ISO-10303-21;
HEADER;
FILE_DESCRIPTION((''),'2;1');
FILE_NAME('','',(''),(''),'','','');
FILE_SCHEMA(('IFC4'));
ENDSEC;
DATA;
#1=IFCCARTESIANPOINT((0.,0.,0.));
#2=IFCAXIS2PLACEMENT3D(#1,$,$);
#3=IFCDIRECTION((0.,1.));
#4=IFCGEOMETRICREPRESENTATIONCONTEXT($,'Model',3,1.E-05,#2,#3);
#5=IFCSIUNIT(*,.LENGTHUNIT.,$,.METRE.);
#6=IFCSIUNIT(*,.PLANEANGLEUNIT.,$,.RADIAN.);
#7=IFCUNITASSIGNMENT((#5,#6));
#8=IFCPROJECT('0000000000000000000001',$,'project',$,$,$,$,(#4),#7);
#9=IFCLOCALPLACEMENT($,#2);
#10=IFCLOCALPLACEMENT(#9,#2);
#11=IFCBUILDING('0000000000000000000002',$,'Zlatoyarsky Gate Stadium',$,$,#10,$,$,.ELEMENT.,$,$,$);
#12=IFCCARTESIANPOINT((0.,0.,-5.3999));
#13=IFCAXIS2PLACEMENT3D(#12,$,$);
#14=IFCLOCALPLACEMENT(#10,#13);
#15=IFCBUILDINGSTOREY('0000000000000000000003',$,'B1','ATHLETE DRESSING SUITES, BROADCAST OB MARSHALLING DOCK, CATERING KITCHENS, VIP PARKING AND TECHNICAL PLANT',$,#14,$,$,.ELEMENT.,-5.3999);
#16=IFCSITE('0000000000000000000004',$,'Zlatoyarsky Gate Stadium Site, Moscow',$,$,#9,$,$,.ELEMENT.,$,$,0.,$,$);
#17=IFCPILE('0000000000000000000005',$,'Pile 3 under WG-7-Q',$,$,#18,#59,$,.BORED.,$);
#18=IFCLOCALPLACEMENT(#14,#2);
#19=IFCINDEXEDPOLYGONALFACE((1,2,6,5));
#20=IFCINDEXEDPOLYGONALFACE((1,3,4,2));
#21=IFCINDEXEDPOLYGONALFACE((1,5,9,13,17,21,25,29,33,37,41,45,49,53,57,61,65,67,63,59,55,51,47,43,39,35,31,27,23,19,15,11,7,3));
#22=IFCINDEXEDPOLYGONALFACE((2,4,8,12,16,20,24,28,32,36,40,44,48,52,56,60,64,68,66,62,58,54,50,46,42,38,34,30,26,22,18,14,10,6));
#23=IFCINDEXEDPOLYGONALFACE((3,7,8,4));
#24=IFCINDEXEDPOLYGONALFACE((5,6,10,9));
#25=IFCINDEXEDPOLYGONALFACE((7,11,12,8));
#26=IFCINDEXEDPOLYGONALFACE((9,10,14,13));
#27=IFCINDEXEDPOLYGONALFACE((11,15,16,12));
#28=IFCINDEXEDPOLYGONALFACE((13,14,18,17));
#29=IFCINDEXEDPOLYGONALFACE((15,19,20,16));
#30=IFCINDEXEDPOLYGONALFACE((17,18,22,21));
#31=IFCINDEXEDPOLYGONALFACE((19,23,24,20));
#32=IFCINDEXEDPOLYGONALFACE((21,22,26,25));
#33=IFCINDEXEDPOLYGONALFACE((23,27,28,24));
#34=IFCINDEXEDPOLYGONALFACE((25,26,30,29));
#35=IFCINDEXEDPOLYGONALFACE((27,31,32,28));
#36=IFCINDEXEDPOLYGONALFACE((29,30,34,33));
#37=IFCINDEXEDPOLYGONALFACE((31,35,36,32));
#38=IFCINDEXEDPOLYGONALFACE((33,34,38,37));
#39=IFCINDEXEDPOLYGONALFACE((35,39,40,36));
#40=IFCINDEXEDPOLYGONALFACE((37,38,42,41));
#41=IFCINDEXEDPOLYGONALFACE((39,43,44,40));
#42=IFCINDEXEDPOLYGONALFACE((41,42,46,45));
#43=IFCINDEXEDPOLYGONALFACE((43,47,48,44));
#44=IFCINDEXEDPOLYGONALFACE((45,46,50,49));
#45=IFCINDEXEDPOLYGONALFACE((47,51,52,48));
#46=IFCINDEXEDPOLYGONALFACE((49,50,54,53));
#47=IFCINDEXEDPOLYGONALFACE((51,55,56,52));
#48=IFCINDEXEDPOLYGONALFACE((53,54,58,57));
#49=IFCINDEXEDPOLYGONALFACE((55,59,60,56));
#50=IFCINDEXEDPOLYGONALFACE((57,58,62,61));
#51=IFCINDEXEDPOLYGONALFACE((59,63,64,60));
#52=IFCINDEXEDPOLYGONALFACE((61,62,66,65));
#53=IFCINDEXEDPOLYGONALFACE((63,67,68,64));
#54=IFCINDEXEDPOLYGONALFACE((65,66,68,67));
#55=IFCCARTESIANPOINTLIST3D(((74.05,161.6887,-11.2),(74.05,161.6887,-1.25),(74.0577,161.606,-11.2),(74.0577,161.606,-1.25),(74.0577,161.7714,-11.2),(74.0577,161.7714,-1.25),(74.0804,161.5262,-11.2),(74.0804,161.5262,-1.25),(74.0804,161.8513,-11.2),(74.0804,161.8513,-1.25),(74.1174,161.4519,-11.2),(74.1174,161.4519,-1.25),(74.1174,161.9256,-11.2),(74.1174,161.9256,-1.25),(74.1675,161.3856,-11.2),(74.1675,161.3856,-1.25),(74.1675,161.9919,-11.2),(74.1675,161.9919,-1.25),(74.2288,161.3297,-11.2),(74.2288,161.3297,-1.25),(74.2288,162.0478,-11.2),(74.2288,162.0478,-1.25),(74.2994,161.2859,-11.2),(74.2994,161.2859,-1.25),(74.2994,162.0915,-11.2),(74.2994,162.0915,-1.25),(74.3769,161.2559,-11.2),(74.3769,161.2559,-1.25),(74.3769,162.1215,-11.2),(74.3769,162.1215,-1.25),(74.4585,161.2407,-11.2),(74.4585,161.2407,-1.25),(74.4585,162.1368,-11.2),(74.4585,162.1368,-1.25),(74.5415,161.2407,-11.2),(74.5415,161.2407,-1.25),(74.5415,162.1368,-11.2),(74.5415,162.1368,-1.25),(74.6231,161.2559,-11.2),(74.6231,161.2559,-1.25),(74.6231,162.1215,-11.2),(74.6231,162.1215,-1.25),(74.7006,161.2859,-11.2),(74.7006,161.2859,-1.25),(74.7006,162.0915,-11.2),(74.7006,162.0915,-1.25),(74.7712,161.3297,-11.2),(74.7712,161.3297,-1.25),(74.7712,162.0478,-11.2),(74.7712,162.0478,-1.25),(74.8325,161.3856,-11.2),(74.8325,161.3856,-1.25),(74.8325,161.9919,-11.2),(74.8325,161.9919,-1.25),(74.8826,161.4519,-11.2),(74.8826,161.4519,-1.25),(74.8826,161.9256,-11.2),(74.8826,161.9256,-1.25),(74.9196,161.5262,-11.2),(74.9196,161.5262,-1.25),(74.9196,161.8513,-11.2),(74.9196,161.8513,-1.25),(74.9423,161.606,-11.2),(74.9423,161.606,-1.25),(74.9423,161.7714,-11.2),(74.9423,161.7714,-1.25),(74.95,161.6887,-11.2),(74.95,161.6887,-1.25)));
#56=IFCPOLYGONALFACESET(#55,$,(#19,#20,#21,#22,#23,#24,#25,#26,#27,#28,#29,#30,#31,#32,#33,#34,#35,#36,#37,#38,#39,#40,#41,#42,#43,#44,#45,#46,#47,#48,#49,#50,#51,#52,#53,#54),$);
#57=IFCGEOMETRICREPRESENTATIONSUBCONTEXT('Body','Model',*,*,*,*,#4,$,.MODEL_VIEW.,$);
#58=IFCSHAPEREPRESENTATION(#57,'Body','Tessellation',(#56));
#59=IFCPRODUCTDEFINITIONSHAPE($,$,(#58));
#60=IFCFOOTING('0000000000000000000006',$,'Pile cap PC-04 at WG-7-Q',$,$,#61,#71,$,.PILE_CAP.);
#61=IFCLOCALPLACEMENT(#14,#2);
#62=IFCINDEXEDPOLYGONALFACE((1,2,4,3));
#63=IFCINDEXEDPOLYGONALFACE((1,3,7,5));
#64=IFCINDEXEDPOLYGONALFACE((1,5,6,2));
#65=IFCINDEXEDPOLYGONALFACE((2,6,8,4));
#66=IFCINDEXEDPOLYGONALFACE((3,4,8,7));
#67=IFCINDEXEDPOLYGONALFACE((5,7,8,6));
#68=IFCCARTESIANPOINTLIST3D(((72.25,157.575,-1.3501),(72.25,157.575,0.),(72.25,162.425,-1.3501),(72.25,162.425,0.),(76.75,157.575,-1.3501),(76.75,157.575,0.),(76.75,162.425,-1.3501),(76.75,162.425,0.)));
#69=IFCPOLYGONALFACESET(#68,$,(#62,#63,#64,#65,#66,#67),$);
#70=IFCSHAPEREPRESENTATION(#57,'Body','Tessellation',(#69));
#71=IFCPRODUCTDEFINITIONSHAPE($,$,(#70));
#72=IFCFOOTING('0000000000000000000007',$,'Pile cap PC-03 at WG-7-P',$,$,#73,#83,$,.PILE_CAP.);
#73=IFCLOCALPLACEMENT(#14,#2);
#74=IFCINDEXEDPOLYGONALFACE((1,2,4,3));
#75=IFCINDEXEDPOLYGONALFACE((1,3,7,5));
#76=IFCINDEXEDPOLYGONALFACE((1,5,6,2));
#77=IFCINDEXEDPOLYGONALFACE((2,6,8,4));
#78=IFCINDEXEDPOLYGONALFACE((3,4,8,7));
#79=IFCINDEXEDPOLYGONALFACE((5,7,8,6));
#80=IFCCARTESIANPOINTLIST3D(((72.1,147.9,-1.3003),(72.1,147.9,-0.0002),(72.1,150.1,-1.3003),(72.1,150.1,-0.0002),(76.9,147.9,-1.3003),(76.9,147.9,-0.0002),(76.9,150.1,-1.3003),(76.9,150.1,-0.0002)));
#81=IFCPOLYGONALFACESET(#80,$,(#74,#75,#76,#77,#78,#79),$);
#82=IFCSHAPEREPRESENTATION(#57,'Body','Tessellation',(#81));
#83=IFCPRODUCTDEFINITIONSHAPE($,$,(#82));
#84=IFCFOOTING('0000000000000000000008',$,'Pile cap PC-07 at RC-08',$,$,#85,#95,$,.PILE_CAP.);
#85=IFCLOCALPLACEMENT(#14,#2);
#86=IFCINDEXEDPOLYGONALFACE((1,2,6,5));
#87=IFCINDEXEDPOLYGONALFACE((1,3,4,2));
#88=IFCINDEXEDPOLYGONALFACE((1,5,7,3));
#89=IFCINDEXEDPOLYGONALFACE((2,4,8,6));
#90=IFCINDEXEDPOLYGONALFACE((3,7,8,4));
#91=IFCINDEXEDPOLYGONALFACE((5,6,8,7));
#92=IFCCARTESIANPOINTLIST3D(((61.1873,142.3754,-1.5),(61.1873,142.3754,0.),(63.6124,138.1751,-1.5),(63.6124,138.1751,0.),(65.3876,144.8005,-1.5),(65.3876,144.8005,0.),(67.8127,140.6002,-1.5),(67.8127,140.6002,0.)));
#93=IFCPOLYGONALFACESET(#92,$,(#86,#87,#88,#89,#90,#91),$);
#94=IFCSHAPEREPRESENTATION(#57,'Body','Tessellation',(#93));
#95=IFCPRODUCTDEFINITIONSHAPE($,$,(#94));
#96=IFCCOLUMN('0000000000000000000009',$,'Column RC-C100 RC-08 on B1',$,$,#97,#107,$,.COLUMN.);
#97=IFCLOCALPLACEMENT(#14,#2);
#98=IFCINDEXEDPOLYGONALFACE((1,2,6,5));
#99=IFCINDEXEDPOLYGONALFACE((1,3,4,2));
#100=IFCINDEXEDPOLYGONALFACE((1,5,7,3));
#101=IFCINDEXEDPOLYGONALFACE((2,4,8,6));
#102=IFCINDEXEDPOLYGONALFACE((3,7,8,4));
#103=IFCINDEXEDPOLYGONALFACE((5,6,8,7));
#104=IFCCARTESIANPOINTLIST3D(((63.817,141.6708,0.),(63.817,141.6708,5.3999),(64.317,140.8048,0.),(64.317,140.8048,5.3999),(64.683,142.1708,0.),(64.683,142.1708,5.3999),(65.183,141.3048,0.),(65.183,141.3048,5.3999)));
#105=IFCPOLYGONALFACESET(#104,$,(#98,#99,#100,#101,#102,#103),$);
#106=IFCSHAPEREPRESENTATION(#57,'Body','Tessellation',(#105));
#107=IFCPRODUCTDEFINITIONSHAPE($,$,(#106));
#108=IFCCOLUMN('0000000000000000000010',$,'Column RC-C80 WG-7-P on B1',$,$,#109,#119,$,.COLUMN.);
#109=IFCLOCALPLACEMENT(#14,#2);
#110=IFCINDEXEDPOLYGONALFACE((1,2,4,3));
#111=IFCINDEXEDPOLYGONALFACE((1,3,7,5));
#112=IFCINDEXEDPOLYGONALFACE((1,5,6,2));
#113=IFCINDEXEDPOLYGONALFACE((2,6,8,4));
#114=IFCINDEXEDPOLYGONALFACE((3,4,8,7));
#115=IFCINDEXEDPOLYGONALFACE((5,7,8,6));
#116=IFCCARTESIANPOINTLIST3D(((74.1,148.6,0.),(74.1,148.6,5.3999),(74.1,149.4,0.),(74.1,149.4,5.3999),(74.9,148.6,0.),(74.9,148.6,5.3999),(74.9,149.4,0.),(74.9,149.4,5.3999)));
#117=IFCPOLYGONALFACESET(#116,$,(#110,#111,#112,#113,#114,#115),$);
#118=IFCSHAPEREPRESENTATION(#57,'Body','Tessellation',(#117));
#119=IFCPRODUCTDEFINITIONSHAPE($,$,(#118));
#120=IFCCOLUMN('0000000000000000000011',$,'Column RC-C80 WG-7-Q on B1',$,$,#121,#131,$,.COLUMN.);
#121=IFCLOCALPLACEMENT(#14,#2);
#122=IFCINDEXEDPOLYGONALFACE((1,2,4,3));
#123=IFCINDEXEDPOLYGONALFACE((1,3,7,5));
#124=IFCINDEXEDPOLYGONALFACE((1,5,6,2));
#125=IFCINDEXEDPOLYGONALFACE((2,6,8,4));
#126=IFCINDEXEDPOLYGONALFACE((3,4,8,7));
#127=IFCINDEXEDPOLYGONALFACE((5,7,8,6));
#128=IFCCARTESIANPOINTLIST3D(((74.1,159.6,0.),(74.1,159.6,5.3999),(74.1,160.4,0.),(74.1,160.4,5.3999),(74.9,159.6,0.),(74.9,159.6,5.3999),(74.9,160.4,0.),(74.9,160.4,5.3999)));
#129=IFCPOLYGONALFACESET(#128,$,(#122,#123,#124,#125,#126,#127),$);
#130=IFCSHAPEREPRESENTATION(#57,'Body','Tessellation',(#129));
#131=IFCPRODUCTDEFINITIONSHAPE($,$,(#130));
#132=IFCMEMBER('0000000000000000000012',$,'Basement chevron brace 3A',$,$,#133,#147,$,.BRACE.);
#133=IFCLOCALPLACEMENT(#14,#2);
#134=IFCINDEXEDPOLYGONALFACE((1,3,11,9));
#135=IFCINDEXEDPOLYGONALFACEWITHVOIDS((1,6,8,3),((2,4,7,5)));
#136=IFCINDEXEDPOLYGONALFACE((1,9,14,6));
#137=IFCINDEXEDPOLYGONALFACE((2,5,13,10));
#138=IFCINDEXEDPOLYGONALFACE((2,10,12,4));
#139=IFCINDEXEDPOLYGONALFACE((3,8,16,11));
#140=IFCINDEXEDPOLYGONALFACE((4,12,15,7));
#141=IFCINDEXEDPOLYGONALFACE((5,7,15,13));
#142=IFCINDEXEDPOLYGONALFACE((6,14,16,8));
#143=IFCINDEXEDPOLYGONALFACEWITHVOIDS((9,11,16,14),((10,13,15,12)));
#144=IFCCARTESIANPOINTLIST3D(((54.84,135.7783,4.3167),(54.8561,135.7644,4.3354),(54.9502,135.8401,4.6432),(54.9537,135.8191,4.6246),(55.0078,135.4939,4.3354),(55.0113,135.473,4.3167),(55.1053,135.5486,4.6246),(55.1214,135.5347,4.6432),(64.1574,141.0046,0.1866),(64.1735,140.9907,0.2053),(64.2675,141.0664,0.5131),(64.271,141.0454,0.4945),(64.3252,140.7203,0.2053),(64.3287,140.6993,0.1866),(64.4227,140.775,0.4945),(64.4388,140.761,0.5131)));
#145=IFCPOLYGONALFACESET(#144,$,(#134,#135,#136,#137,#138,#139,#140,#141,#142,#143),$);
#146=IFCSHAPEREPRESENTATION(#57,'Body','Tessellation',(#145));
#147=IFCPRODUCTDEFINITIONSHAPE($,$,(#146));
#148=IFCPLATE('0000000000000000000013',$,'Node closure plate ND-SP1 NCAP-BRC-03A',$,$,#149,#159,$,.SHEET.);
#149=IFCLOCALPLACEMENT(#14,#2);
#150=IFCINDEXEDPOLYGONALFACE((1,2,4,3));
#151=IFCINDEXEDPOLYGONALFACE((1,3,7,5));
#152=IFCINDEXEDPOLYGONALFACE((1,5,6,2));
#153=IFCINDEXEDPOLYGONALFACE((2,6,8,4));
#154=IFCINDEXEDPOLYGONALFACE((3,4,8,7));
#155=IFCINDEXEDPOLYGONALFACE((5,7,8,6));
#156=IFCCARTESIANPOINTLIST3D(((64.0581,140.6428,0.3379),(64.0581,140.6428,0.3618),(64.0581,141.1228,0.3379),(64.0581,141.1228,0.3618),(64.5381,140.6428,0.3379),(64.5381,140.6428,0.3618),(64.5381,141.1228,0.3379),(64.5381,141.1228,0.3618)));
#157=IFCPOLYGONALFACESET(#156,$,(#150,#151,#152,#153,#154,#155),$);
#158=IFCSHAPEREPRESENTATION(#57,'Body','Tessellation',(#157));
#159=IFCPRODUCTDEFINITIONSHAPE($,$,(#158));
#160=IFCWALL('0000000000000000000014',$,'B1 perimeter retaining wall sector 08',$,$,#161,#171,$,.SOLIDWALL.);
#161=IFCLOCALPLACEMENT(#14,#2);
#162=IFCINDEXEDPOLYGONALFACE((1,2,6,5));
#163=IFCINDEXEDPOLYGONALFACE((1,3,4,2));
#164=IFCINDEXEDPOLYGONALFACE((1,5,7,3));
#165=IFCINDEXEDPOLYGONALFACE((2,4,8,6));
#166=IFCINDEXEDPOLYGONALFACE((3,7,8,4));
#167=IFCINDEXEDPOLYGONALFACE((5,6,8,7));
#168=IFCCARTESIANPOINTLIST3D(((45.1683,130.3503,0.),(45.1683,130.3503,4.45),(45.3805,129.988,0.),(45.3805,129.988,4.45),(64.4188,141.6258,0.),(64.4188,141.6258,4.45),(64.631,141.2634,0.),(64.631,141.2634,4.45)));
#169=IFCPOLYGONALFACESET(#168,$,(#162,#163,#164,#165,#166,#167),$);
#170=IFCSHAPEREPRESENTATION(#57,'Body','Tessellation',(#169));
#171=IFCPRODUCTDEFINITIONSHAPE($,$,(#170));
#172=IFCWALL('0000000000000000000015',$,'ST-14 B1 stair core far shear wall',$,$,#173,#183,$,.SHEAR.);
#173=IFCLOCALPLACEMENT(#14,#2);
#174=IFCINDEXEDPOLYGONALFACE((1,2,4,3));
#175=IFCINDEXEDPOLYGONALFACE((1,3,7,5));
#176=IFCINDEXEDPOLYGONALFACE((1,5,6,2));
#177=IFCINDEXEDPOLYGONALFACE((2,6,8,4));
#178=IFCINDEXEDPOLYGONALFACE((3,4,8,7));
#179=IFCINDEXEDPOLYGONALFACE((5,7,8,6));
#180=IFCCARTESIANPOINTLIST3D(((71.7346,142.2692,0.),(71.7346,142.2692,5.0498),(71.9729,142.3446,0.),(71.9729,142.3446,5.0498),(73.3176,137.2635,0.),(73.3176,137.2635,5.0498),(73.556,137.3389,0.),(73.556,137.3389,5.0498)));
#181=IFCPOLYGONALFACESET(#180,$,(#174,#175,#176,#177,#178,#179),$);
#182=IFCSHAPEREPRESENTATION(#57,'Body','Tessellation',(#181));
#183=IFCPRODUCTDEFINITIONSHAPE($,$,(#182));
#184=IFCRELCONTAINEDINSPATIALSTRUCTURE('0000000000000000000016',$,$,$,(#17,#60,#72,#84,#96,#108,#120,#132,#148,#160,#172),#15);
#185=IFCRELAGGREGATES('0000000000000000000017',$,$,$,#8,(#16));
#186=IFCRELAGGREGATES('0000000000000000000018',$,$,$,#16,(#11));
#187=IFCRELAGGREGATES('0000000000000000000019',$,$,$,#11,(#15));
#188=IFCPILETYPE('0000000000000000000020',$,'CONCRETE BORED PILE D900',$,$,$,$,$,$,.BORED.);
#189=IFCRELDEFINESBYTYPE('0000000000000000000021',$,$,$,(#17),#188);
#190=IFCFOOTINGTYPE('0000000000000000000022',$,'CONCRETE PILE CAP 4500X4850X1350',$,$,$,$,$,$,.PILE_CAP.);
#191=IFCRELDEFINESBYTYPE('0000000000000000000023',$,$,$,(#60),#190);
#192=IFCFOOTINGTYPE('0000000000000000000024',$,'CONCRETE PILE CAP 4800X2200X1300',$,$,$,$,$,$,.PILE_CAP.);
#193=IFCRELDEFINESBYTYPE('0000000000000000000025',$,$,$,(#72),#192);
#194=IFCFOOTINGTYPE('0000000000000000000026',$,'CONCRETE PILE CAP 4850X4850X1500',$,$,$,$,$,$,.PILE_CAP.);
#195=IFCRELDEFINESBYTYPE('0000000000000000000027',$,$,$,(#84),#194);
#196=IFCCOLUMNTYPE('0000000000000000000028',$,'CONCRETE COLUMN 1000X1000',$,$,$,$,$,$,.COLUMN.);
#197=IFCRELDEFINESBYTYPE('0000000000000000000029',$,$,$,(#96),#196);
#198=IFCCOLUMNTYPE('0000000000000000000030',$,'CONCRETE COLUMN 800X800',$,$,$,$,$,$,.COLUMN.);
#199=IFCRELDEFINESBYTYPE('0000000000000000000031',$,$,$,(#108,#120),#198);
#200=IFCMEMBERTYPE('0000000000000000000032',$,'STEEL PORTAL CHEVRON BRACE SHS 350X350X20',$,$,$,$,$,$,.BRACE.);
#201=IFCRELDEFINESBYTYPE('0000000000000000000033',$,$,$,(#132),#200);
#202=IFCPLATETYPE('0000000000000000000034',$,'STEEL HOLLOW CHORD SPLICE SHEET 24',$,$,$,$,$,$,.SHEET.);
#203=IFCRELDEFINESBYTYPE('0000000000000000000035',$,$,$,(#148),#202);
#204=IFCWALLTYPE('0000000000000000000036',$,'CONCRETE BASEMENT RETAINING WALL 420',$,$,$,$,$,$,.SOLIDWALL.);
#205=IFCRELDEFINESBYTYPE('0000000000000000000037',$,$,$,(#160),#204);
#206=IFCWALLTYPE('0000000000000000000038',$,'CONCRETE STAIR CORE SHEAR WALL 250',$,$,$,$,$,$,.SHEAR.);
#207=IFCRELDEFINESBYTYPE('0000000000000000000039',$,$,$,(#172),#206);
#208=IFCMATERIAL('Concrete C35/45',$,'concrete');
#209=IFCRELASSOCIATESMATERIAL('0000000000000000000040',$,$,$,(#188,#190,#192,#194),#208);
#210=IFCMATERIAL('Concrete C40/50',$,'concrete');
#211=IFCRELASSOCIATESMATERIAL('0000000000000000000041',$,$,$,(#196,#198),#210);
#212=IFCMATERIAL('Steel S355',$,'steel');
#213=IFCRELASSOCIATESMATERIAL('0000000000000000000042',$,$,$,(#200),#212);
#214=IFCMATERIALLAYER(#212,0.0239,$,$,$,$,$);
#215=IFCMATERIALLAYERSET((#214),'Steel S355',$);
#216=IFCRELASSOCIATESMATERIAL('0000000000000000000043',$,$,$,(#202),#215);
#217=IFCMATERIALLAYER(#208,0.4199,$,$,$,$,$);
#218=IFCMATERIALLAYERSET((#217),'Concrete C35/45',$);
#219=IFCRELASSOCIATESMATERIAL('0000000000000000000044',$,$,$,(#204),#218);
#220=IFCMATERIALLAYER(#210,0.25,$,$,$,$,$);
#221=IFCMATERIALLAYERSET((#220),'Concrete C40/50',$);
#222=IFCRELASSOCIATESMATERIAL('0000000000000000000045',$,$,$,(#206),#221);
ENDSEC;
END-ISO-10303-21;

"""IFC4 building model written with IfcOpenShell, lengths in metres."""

from ifc_helpers import new_model, si_unit, direction, frame, frame_2d, origin, origin_2d, place, context, subcontext, project, spatial, rectangle, hollow_rectangle, circle, extrude, material, layer, layer_set, material_profile, profile_set, type_object, element, save


model = new_model("IFC4")

# Units and contexts
model_context = context("Model", 3, precision=1e-05, world=origin(), true_north=direction((0.0, 1.0)))
body_context = subcontext(model_context, "Body", "Model", "MODEL_VIEW")
ifc_project = project(units=[si_unit("LENGTHUNIT", "METRE"), si_unit("PLANEANGLEUNIT", "RADIAN")], contexts=[model_context])

# Site, building, storey
site_placement = place(None, origin())
site = spatial("IfcSite", under=ifc_project, at=site_placement, Name="Zlatoyarsky Gate Stadium Site, Moscow", CompositionType="ELEMENT", RefElevation=0.0)
building_placement = place(site_placement, origin())
building = spatial("IfcBuilding", under=site, at=building_placement, Name="Zlatoyarsky Gate Stadium", CompositionType="ELEMENT")
storey_placement = place(building_placement, frame((0.0, 0.0, -5.3999)))
storey = spatial("IfcBuildingStorey", under=building, at=storey_placement, Name="B1", Description="ATHLETE DRESSING SUITES, BROADCAST OB MARSHALLING DOCK, CATERING KITCHENS, VIP PARKING AND TECHNICAL PLANT", CompositionType="ELEMENT", Elevation=-5.3999)

# Pile
ifc_material_1 = material(Name="Concrete C35/45", Category="concrete")
ifc_material_profile_1 = material_profile(ifc_material_1, circle(Radius=0.45, at=origin_2d()), Name="BORED PILE D900")
ifc_profile_set_1 = profile_set([ifc_material_profile_1], Name="Concrete C35/45")
pile_type_1 = type_object("IfcPileType", Name="CONCRETE BORED PILE D900", PredefinedType="BORED", material=ifc_profile_set_1)
for number, where, z_axis, x_axis, name in (
    (1, (74.5, 161.6887, -1.25), (0.0, 0.0, -1.0), (1.0, 0.0, 0.0), "Pile 3 under WG-7-Q"),
):
    element("IfcPile", number, at=place(storey_placement, frame(where, z_axis=z_axis, x_axis=x_axis)), inside=storey, type_object=pile_type_1, Name=name, PredefinedType="BORED", context=body_context, shape_type="SweptSolid", body=[
        extrude(circle(Radius=0.45, at=origin_2d()), origin(), (0.0, 0.0, 1.0), 9.95),
    ])

# Footings
footing_type_1 = type_object("IfcFootingType", Name="CONCRETE PILE CAP 4500X4850X1350", PredefinedType="PILE_CAP", material=ifc_material_1)
footing_1_placement = place(storey_placement, frame((74.5, 160.0, -1.3501), z_axis=(0.0, 0.0, 1.0), x_axis=(1.0, 0.0, 0.0)))
element("IfcFooting", 2, at=footing_1_placement, inside=storey, type_object=footing_type_1, Name="Pile cap PC-04 at WG-7-Q", PredefinedType="PILE_CAP", context=body_context, shape_type="SweptSolid", body=[
    extrude(rectangle(XDim=4.5, YDim=4.8501, at=origin_2d()), origin(), (0.0, 0.0, 1.0), 1.3501),
])
footing_type_2 = type_object("IfcFootingType", Name="CONCRETE PILE CAP 4800X2200X1300", PredefinedType="PILE_CAP", material=ifc_material_1)
footing_2_placement = place(storey_placement, frame((74.5, 149.0, -1.3003), z_axis=(0.0, 0.0, 1.0), x_axis=(1.0, 0.0, 0.0)))
element("IfcFooting", 3, at=footing_2_placement, inside=storey, type_object=footing_type_2, Name="Pile cap PC-03 at WG-7-P", PredefinedType="PILE_CAP", context=body_context, shape_type="SweptSolid", body=[
    extrude(rectangle(XDim=4.8, YDim=2.2, at=origin_2d()), origin(), (0.0, 0.0, 1.0), 1.3),
])
footing_type_3 = type_object("IfcFootingType", Name="CONCRETE PILE CAP 4850X4850X1500", PredefinedType="PILE_CAP", material=ifc_material_1)
footing_3_placement = place(storey_placement, frame((64.5, 141.4878, -1.5), z_axis=(0.0, 0.0, 1.0), x_axis=(-0.5, 0.866025, 0.0)))
element("IfcFooting", 4, at=footing_3_placement, inside=storey, type_object=footing_type_3, Name="Pile cap PC-07 at RC-08", PredefinedType="PILE_CAP", context=body_context, shape_type="SweptSolid", body=[
    extrude(rectangle(XDim=4.8501, YDim=4.8501, at=origin_2d()), origin(), (0.0, 0.0, 1.0), 1.5),
])

# Columns
ifc_material_2 = material(Name="Concrete C40/50", Category="concrete")
ifc_material_profile_2 = material_profile(ifc_material_2, rectangle(XDim=1.0, YDim=1.0, at=origin_2d()), Name="RC COL 1000X1000")
ifc_profile_set_2 = profile_set([ifc_material_profile_2], Name="Concrete C40/50")
column_type_1 = type_object("IfcColumnType", Name="CONCRETE COLUMN 1000X1000", PredefinedType="COLUMN", material=ifc_profile_set_2)
column_placement = place(storey_placement, frame((64.5, 141.4878, 0.0), z_axis=(0.0, 0.0, 1.0), x_axis=(-0.5, 0.866025, 0.0)))
element("IfcColumn", 5, at=column_placement, inside=storey, type_object=column_type_1, Name="Column RC-C100 RC-08 on B1", PredefinedType="COLUMN", context=body_context, shape_type="SweptSolid", body=[
    extrude(rectangle(XDim=1.0, YDim=1.0, at=origin_2d()), origin(), (0.0, 0.0, 1.0), 5.3999),
])
ifc_material_profile_3 = material_profile(ifc_material_2, rectangle(XDim=0.8, YDim=0.8, at=origin_2d()), Name="RC COL 800X800")
ifc_profile_set_3 = profile_set([ifc_material_profile_3], Name="Concrete C40/50")
column_type_2 = type_object("IfcColumnType", Name="CONCRETE COLUMN 800X800", PredefinedType="COLUMN", material=ifc_profile_set_3)
for number, where, z_axis, x_axis, name in (
    (6, (74.5, 149.0, 0.0), (0.0, 0.0, 1.0), (1.0, 0.0, 0.0), "Column RC-C80 WG-7-P on B1"),
    (7, (74.5, 160.0, 0.0), (0.0, 0.0, 1.0), (1.0, 0.0, 0.0), "Column RC-C80 WG-7-Q on B1"),
):
    element("IfcColumn", number, at=place(storey_placement, frame(where, z_axis=z_axis, x_axis=x_axis)), inside=storey, type_object=column_type_2, Name=name, PredefinedType="COLUMN", context=body_context, shape_type="SweptSolid", body=[
        extrude(rectangle(XDim=0.8, YDim=0.8, at=origin_2d()), origin(), (0.0, 0.0, 1.0), 5.3999),
    ])

# Member
ifc_material_3 = material(Name="Steel S355", Category="steel")
ifc_material_profile_4 = material_profile(ifc_material_3, hollow_rectangle(XDim=0.3501, YDim=0.3501, WallThickness=0.02, at=origin_2d()), Name="SHS 350X350X20")
ifc_profile_set_4 = profile_set([ifc_material_profile_4], Name="Steel S355")
member_type = type_object("IfcMemberType", Name="STEEL PORTAL CHEVRON BRACE SHS 350X350X20", PredefinedType="BRACE", material=ifc_profile_set_4)
member_placement = place(storey_placement, frame((64.2981, 140.8828, 0.3499), z_axis=(-0.813486, -0.456302, 0.360595), x_axis=(0.489215, -0.872163, 0.0)))
element("IfcMember", 8, at=member_placement, inside=storey, type_object=member_type, Name="Basement chevron brace 3A", PredefinedType="BRACE", context=body_context, shape_type="SweptSolid", body=[
    extrude(hollow_rectangle(XDim=0.3501, YDim=0.3501, WallThickness=0.02, at=origin_2d()), origin(), (0.0, 0.0, 1.0), 11.4536),
])

# Plate
ifc_layer_1 = layer(ifc_material_3, 0.0239)
ifc_layer_set_1 = layer_set([ifc_layer_1], Name="Steel S355")
plate_type = type_object("IfcPlateType", Name="STEEL HOLLOW CHORD SPLICE SHEET 24", PredefinedType="SHEET", material=ifc_layer_set_1)
plate_placement = place(storey_placement, frame((64.2981, 140.8828, 0.3379), z_axis=(0.0, 0.0, 1.0), x_axis=(1.0, 0.0, 0.0)))
element("IfcPlate", 9, at=plate_placement, inside=storey, type_object=plate_type, Name="Node closure plate ND-SP1 NCAP-BRC-03A", PredefinedType="SHEET", context=body_context, shape_type="SweptSolid", body=[
    extrude(rectangle(XDim=0.48, YDim=0.48, at=origin_2d()), origin(), (0.0, 0.0, 1.0), 0.0239),
])

# Walls
ifc_layer_2 = layer(ifc_material_1, 0.4199)
ifc_layer_set_2 = layer_set([ifc_layer_2], Name="Concrete C35/45")
wall_type_1 = type_object("IfcWallType", Name="CONCRETE BASEMENT RETAINING WALL 420", PredefinedType="SOLIDWALL", material=ifc_layer_set_2)
wall_1_placement = place(storey_placement, frame((64.5249, 141.4446, 0.0), z_axis=(0.0, 0.0, 1.0), x_axis=(-0.862881, -0.505407, 0.0)))
element("IfcWall", 10, at=wall_1_placement, inside=storey, type_object=wall_type_1, Name="B1 perimeter retaining wall sector 08", PredefinedType="SOLIDWALL", context=body_context, shape_type="SweptSolid", body=[
    extrude(rectangle(XDim=22.3096, YDim=0.4199, at=frame_2d((11.1548, 0.0))), origin(), (0.0, 0.0, 1.0), 4.45),
])
ifc_layer_3 = layer(ifc_material_2, 0.25)
ifc_layer_set_3 = layer_set([ifc_layer_3], Name="Concrete C40/50")
wall_type_2 = type_object("IfcWallType", Name="CONCRETE STAIR CORE SHEAR WALL 250", PredefinedType="SHEAR", material=ifc_layer_set_3)
wall_2_placement = place(storey_placement, frame((71.8538, 142.3069, 0.0), z_axis=(0.0, 0.0, 1.0), x_axis=(0.301527, -0.953457, 0.0)))
element("IfcWall", 11, at=wall_2_placement, inside=storey, type_object=wall_type_2, Name="ST-14 B1 stair core far shear wall", PredefinedType="SHEAR", context=body_context, shape_type="SweptSolid", body=[
    extrude(rectangle(XDim=5.25, YDim=0.25, at=frame_2d((2.625, 0.0))), origin(), (0.0, 0.0, 1.0), 5.0498),
])

save(model, "model.ifc")
